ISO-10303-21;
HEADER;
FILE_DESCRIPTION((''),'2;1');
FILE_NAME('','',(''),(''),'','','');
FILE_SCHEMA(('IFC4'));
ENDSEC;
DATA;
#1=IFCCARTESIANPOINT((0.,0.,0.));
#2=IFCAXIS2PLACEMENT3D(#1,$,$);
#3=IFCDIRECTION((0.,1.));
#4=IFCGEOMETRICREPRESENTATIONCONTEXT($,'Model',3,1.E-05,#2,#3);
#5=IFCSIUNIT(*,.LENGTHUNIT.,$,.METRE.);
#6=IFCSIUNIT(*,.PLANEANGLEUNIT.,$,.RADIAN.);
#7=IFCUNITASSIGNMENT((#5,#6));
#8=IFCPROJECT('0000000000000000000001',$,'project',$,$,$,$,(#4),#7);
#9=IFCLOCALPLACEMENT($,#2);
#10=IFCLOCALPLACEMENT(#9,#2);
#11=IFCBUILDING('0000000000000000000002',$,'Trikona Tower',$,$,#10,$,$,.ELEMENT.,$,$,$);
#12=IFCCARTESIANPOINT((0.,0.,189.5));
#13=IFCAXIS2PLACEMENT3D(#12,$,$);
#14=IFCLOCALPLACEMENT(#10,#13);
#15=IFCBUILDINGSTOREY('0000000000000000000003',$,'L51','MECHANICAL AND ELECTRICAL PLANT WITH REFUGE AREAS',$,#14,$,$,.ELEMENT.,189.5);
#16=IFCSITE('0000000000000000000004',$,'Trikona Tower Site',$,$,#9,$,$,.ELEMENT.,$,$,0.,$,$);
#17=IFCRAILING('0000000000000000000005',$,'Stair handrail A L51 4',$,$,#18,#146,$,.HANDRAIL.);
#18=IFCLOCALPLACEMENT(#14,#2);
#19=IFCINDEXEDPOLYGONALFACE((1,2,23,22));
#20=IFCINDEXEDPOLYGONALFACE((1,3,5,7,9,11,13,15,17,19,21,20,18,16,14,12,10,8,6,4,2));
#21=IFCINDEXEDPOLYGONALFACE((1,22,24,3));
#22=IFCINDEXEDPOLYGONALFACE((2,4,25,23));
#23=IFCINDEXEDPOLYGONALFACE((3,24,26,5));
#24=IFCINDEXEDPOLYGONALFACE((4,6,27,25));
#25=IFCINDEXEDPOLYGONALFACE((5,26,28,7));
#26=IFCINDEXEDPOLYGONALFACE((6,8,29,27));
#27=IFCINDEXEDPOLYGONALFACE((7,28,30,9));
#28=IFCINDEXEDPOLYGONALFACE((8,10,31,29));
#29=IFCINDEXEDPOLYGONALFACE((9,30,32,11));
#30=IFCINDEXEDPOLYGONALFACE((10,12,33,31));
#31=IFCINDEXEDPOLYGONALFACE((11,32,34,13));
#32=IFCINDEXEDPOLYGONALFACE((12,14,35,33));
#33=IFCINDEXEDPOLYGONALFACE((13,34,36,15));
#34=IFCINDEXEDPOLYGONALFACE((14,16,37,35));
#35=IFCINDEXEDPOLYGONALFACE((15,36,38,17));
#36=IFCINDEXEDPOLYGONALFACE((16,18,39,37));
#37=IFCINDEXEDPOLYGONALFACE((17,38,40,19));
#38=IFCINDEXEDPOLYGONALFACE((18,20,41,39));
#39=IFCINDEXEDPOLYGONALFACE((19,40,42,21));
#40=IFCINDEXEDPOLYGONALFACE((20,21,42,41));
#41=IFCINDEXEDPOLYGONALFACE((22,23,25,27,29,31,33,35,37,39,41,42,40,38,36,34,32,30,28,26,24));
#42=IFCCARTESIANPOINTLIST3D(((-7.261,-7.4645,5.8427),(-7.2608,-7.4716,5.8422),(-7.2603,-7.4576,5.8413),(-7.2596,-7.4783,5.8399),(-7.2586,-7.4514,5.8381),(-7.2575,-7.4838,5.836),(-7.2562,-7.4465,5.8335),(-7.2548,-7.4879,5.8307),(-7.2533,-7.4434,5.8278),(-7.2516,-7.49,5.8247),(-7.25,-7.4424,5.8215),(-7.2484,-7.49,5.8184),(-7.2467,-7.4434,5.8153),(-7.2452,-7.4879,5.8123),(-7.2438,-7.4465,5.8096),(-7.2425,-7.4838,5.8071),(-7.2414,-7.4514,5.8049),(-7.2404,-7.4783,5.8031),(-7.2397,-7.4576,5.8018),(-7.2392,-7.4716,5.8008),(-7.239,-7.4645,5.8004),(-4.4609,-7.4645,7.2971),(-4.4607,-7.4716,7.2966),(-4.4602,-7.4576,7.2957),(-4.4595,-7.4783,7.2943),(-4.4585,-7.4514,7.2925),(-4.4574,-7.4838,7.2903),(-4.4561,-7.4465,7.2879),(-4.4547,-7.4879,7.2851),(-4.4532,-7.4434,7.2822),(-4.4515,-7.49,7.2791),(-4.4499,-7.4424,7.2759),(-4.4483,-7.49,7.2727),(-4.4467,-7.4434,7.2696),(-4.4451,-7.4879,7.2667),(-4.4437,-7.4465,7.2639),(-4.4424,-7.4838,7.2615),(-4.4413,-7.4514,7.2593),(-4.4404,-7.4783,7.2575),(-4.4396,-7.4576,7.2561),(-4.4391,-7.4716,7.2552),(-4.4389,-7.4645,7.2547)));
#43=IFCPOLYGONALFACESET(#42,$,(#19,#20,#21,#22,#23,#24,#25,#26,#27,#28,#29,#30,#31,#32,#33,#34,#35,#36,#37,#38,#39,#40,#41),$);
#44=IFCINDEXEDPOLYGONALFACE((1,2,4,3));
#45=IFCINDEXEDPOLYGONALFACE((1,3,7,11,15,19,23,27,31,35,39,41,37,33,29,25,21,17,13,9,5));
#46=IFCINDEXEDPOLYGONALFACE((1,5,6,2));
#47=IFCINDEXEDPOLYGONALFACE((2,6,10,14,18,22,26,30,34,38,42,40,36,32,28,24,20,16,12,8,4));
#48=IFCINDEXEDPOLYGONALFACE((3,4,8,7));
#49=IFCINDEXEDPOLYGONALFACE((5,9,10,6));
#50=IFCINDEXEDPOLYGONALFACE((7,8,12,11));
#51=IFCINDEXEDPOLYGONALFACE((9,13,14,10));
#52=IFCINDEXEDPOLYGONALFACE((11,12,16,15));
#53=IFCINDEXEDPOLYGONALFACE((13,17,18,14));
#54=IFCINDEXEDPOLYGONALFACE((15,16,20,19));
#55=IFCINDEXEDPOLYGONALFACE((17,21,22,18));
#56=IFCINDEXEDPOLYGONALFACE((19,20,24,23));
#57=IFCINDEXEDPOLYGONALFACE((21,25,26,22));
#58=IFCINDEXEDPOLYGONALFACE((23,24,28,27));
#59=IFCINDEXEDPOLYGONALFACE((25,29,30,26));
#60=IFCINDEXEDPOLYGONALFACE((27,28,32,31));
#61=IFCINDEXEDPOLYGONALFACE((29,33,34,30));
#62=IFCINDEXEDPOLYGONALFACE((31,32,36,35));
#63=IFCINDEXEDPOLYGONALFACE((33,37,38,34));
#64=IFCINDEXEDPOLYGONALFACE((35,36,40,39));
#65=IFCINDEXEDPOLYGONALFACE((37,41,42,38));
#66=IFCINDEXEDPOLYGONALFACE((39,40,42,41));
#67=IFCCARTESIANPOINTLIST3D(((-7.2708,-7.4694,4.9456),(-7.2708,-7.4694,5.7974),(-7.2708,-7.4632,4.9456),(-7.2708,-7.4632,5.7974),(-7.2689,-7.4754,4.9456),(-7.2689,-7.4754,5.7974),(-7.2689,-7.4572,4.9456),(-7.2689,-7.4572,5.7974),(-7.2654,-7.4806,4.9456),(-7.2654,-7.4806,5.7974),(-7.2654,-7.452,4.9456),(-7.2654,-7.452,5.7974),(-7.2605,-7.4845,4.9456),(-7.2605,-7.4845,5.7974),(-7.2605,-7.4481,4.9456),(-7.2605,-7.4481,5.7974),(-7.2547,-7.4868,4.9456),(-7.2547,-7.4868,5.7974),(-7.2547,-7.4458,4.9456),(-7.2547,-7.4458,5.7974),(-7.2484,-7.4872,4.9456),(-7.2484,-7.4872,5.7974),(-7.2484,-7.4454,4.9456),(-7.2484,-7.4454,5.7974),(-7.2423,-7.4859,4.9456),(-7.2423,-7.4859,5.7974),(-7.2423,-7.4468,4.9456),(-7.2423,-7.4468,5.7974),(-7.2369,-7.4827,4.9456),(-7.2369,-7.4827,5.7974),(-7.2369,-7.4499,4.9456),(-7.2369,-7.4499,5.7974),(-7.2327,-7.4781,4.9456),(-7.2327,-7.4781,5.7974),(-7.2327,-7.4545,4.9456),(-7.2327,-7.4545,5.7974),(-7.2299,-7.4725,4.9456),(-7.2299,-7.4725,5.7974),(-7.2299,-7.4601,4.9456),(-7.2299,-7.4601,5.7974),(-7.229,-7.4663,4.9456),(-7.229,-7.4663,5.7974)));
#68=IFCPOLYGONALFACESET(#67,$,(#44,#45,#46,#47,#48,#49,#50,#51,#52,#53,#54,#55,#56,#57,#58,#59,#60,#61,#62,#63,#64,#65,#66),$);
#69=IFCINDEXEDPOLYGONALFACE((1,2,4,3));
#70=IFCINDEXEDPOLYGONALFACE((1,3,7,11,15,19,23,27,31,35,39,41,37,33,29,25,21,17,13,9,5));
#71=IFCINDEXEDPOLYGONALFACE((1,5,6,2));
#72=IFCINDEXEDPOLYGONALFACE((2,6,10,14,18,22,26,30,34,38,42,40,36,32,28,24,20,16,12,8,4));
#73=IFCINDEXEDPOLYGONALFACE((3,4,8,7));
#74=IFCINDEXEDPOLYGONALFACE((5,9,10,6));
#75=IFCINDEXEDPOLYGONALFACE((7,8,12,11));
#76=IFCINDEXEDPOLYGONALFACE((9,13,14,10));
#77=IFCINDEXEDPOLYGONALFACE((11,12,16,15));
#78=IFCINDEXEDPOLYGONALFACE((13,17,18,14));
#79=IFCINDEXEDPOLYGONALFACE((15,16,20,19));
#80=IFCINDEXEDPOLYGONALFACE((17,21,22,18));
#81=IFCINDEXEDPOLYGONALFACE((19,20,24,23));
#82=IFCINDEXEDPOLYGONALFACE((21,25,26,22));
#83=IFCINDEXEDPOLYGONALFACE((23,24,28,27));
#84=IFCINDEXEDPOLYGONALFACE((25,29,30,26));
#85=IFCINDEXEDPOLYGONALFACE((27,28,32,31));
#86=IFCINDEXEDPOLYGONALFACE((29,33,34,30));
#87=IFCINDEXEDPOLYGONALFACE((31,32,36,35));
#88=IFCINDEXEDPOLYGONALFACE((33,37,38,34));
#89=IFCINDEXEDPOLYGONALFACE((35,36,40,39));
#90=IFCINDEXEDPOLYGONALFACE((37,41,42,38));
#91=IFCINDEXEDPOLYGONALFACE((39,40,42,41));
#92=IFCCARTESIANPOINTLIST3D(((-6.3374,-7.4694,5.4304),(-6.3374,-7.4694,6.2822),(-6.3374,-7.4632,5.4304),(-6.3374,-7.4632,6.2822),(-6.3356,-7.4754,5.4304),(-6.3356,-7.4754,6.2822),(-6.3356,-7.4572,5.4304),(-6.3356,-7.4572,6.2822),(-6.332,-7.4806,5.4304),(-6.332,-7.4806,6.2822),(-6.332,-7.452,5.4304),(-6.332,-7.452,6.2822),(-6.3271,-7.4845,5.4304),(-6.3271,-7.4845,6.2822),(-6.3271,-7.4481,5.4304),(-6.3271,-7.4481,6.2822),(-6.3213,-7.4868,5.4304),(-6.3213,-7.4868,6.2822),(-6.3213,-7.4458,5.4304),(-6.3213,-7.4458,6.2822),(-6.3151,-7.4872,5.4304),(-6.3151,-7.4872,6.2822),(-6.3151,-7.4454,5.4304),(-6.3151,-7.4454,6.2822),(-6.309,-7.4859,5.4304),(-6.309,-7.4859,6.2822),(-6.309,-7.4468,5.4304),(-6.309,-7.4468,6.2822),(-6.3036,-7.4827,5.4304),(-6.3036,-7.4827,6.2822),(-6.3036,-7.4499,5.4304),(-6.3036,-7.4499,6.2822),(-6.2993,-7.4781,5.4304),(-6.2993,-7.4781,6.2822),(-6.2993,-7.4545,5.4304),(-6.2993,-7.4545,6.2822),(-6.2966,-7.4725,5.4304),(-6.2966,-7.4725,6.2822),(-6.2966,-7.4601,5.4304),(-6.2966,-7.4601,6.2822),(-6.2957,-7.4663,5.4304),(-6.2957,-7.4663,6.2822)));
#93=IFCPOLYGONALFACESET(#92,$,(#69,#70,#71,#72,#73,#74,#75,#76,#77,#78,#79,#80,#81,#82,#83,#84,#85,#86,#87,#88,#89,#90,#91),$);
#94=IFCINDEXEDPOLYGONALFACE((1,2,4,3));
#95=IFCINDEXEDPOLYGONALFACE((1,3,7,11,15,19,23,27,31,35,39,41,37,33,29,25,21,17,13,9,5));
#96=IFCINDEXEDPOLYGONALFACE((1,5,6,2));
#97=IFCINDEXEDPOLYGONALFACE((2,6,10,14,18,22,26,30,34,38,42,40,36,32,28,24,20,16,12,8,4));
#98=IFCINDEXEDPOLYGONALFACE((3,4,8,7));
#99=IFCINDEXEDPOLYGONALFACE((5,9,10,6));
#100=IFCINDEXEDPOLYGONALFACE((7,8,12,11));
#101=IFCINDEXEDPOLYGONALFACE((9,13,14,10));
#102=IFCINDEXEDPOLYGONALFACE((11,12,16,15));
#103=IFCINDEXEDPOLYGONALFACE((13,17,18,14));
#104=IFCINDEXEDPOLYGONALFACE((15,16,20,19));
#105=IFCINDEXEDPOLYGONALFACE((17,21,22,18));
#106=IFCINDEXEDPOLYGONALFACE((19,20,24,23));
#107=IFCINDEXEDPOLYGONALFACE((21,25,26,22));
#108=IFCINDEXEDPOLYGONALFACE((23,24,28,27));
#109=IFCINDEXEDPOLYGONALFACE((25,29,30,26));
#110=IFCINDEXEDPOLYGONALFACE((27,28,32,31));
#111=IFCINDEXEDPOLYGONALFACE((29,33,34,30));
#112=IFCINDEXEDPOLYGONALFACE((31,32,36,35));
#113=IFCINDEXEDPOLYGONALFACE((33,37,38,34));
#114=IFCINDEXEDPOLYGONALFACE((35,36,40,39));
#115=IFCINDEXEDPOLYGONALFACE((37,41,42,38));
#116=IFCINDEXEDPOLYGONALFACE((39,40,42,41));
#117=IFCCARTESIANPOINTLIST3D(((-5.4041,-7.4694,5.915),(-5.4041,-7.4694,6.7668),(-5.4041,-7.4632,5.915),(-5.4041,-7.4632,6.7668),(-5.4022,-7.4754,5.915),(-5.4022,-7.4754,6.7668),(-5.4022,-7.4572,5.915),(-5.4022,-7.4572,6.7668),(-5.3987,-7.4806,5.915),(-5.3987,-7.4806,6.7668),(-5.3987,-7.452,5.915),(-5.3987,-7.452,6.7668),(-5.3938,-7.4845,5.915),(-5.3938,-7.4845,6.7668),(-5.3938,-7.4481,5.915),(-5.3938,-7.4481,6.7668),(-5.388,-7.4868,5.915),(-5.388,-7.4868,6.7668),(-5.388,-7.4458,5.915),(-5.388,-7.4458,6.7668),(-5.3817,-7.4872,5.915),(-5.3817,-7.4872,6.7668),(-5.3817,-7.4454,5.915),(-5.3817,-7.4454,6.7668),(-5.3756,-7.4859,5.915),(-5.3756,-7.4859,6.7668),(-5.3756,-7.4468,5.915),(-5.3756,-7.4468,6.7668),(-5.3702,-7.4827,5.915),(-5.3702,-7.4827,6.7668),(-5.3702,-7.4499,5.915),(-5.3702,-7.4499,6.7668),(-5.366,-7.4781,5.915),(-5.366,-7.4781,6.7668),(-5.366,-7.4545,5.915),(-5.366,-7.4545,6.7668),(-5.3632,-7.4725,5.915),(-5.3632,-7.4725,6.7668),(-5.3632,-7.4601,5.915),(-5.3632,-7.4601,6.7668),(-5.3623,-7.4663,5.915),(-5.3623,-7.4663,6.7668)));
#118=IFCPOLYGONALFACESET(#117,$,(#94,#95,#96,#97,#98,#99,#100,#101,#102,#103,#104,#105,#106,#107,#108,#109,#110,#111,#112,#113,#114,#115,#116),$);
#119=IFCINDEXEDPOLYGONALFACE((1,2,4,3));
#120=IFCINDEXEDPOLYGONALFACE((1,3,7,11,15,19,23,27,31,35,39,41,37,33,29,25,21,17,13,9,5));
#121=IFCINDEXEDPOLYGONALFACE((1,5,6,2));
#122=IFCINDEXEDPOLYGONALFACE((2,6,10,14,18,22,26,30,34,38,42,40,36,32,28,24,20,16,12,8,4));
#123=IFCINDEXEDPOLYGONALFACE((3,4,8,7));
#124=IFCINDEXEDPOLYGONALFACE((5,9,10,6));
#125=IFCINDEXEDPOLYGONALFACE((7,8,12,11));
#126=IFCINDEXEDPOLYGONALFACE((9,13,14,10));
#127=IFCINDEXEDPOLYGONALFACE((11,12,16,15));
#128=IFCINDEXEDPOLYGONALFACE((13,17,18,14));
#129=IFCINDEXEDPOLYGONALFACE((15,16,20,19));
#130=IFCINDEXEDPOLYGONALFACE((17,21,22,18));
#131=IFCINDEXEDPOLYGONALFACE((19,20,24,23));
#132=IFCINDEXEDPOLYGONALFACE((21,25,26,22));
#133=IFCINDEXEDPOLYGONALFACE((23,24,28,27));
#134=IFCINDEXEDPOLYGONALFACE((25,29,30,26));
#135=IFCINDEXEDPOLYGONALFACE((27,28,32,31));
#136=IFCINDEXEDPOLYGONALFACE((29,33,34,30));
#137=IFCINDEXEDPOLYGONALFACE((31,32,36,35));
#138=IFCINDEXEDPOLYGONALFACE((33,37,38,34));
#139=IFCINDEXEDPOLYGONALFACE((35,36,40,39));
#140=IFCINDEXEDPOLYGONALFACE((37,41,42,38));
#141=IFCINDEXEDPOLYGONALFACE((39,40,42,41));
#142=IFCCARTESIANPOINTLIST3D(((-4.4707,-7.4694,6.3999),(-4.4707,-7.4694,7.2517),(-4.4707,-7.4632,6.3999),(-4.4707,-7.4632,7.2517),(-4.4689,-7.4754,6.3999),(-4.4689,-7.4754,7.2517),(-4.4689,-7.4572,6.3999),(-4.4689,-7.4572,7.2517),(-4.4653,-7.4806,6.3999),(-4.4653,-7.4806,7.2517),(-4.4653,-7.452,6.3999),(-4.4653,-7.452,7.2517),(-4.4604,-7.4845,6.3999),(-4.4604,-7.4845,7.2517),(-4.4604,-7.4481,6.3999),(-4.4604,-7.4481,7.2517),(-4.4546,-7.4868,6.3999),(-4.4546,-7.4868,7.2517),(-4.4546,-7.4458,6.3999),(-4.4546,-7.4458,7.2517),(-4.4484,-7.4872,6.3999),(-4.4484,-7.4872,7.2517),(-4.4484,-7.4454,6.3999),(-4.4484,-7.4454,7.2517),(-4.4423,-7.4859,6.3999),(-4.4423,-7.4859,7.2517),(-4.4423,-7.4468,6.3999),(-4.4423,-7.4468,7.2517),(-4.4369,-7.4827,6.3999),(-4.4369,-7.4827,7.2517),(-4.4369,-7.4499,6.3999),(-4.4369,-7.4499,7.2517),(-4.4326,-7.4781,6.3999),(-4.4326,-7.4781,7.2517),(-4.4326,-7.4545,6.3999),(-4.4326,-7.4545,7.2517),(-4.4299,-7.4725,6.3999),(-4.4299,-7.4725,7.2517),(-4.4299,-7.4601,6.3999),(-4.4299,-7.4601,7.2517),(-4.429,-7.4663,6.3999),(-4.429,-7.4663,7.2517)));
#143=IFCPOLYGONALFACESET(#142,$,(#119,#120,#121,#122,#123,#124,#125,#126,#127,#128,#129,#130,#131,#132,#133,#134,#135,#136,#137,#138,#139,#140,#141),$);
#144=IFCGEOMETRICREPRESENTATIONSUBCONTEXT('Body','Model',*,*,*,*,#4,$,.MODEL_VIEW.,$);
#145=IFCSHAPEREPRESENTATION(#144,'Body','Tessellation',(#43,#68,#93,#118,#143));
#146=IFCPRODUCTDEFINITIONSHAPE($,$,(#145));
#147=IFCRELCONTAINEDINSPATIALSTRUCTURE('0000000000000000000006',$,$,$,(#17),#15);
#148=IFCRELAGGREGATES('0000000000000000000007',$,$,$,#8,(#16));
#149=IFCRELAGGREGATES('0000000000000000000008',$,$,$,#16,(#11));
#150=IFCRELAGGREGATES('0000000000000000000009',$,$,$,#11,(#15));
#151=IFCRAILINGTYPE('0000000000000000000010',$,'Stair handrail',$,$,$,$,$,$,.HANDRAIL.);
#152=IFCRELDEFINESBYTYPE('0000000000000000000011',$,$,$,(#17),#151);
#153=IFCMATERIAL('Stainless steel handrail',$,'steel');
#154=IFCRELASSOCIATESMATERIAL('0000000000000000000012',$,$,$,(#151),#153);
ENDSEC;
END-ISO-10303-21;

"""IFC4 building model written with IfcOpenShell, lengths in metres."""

from ifc_helpers import new_model, si_unit, direction, frame, origin, origin_2d, place, context, subcontext, project, spatial, circle, extrude, material, type_object, element, save


model = new_model("IFC4")

# Units and contexts
model_context = context("Model", 3, precision=1e-05, world=origin(), true_north=direction((0.0, 1.0)))
body_context = subcontext(model_context, "Body", "Model", "MODEL_VIEW")
ifc_project = project(units=[si_unit("LENGTHUNIT", "METRE"), si_unit("PLANEANGLEUNIT", "RADIAN")], contexts=[model_context])

# Site, building, storey
site_placement = place(None, origin())
site = spatial("IfcSite", under=ifc_project, at=site_placement, Name="Trikona Tower Site", CompositionType="ELEMENT", RefElevation=0.0)
building_placement = place(site_placement, origin())
building = spatial("IfcBuilding", under=site, at=building_placement, Name="Trikona Tower", CompositionType="ELEMENT")
storey_placement = place(building_placement, frame((0.0, 0.0, 189.5)))
storey = spatial("IfcBuildingStorey", under=building, at=storey_placement, Name="L51", Description="MECHANICAL AND ELECTRICAL PLANT WITH REFUGE AREAS", CompositionType="ELEMENT", Elevation=189.5)

# Railing
ifc_material_1 = material(Name="Stainless steel handrail", Category="steel")
railing_type = type_object("IfcRailingType", Name="Stair handrail", PredefinedType="HANDRAIL", material=ifc_material_1)
railing_1_placement = place(storey_placement, frame((-7.25, -7.4663, 4.9456)))
element("IfcRailing", 1, at=railing_1_placement, inside=storey, type_object=railing_type, Name="Stair handrail A L51 4", PredefinedType="HANDRAIL", context=body_context, shape_type="SweptSolid", body=[
    extrude(circle(Radius=0.0239, at=origin_2d()), frame((0.0, 0.0, 0.876), z_axis=(0.887435, 0.0, 0.460934), x_axis=(0.0, 1.0, 0.0)), (0.0, 0.0, 1.0), 3.1553),
    extrude(circle(Radius=0.021, at=origin_2d()), origin(), (0.0, 0.0, 1.0), 0.8518),
    extrude(circle(Radius=0.021, at=origin_2d()), frame((0.9333, 0.0, 0.4849)), (0.0, 0.0, 1.0), 0.8518),
    extrude(circle(Radius=0.021, at=origin_2d()), frame((1.8667, 0.0, 0.9695)), (0.0, 0.0, 1.0), 0.8518),
    extrude(circle(Radius=0.021, at=origin_2d()), frame((2.8, 0.0, 1.4543)), (0.0, 0.0, 1.0), 0.8518),
])

save(model, "model.ifc")
